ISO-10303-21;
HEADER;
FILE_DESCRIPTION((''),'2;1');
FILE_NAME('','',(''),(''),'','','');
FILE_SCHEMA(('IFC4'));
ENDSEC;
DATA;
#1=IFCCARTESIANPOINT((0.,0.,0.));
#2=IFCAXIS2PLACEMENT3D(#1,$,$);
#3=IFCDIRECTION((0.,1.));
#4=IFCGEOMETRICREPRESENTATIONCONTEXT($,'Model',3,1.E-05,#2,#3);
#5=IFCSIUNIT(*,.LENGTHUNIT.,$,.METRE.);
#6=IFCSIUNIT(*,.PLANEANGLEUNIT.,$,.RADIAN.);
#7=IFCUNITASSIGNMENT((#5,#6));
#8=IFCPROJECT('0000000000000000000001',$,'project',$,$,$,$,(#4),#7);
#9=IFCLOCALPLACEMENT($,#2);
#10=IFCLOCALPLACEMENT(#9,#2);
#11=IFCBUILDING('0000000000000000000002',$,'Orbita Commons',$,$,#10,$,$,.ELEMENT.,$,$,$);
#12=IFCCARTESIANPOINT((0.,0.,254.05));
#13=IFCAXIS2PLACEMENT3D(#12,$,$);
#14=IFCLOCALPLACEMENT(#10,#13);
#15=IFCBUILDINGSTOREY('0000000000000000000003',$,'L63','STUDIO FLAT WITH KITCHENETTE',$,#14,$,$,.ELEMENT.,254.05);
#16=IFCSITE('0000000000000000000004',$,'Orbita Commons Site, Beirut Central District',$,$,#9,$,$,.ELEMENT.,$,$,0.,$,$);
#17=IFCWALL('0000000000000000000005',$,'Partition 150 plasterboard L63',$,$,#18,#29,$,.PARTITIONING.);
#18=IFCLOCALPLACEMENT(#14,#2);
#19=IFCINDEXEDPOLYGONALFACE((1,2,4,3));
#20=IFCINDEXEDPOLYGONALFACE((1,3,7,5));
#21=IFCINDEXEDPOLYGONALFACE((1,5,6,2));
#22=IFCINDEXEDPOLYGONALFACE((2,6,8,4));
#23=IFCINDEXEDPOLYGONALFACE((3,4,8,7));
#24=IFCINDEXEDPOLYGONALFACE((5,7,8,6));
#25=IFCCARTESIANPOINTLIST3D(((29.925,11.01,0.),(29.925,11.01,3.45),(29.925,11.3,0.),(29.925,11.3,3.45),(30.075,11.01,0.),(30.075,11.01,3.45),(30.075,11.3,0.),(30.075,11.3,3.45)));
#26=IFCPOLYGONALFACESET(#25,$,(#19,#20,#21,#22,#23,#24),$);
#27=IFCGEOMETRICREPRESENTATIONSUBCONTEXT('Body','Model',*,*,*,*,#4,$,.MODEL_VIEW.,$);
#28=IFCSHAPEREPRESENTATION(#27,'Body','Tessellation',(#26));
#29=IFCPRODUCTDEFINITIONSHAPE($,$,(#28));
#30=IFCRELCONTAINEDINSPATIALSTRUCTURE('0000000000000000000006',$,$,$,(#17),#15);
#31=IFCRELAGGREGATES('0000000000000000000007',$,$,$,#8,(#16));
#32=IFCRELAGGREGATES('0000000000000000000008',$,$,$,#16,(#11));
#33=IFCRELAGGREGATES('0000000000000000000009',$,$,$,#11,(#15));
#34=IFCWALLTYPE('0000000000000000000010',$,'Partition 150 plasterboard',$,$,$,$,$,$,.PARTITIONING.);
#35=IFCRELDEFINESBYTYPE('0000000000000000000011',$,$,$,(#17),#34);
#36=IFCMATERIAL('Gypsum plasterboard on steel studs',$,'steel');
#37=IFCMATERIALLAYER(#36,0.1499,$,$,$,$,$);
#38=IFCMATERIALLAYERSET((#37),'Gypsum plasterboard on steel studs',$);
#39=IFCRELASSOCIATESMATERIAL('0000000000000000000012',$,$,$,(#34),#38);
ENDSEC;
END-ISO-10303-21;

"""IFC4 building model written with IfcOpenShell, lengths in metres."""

from ifc_helpers import new_model, si_unit, direction, frame, frame_2d, origin, place, context, subcontext, project, spatial, rectangle, extrude, material, layer, layer_set, type_object, element, save


model = new_model("IFC4")

# Units and contexts
model_context = context("Model", 3, precision=1e-05, world=origin(), true_north=direction((0.0, 1.0)))
body_context = subcontext(model_context, "Body", "Model", "MODEL_VIEW")
ifc_project = project(units=[si_unit("LENGTHUNIT", "METRE"), si_unit("PLANEANGLEUNIT", "RADIAN")], contexts=[model_context])

# Site, building, storey
site_placement = place(None, origin())
site = spatial("IfcSite", under=ifc_project, at=site_placement, Name="Orbita Commons Site, Beirut Central District", CompositionType="ELEMENT", RefElevation=0.0)
building_placement = place(site_placement, origin())
building = spatial("IfcBuilding", under=site, at=building_placement, Name="Orbita Commons", CompositionType="ELEMENT")
storey_placement = place(building_placement, frame((0.0, 0.0, 254.05)))
storey = spatial("IfcBuildingStorey", under=building, at=storey_placement, Name="L63", Description="STUDIO FLAT WITH KITCHENETTE", CompositionType="ELEMENT", Elevation=254.05)

# Wall
ifc_material_1 = material(Name="Gypsum plasterboard on steel studs", Category="steel")
ifc_layer_1 = layer(ifc_material_1, 0.1499)
ifc_layer_set_1 = layer_set([ifc_layer_1], Name="Gypsum plasterboard on steel studs")
wall_type_1 = type_object("IfcWallType", Name="Partition 150 plasterboard", PredefinedType="PARTITIONING", material=ifc_layer_set_1)
wall_1_placement = place(storey_placement, frame((30.0, 11.3, 0.0), z_axis=(0.0, 0.0, 1.0), x_axis=(0.0, -1.0, 0.0)))
element("IfcWall", 1, at=wall_1_placement, inside=storey, type_object=wall_type_1, Name="Partition 150 plasterboard L63", PredefinedType="PARTITIONING", context=body_context, shape_type="SweptSolid", body=[
    extrude(rectangle(XDim=0.29, YDim=0.1499, at=frame_2d((0.145, 0.0))), origin(), (0.0, 0.0, 1.0), 3.45),
])

save(model, "model.ifc")
